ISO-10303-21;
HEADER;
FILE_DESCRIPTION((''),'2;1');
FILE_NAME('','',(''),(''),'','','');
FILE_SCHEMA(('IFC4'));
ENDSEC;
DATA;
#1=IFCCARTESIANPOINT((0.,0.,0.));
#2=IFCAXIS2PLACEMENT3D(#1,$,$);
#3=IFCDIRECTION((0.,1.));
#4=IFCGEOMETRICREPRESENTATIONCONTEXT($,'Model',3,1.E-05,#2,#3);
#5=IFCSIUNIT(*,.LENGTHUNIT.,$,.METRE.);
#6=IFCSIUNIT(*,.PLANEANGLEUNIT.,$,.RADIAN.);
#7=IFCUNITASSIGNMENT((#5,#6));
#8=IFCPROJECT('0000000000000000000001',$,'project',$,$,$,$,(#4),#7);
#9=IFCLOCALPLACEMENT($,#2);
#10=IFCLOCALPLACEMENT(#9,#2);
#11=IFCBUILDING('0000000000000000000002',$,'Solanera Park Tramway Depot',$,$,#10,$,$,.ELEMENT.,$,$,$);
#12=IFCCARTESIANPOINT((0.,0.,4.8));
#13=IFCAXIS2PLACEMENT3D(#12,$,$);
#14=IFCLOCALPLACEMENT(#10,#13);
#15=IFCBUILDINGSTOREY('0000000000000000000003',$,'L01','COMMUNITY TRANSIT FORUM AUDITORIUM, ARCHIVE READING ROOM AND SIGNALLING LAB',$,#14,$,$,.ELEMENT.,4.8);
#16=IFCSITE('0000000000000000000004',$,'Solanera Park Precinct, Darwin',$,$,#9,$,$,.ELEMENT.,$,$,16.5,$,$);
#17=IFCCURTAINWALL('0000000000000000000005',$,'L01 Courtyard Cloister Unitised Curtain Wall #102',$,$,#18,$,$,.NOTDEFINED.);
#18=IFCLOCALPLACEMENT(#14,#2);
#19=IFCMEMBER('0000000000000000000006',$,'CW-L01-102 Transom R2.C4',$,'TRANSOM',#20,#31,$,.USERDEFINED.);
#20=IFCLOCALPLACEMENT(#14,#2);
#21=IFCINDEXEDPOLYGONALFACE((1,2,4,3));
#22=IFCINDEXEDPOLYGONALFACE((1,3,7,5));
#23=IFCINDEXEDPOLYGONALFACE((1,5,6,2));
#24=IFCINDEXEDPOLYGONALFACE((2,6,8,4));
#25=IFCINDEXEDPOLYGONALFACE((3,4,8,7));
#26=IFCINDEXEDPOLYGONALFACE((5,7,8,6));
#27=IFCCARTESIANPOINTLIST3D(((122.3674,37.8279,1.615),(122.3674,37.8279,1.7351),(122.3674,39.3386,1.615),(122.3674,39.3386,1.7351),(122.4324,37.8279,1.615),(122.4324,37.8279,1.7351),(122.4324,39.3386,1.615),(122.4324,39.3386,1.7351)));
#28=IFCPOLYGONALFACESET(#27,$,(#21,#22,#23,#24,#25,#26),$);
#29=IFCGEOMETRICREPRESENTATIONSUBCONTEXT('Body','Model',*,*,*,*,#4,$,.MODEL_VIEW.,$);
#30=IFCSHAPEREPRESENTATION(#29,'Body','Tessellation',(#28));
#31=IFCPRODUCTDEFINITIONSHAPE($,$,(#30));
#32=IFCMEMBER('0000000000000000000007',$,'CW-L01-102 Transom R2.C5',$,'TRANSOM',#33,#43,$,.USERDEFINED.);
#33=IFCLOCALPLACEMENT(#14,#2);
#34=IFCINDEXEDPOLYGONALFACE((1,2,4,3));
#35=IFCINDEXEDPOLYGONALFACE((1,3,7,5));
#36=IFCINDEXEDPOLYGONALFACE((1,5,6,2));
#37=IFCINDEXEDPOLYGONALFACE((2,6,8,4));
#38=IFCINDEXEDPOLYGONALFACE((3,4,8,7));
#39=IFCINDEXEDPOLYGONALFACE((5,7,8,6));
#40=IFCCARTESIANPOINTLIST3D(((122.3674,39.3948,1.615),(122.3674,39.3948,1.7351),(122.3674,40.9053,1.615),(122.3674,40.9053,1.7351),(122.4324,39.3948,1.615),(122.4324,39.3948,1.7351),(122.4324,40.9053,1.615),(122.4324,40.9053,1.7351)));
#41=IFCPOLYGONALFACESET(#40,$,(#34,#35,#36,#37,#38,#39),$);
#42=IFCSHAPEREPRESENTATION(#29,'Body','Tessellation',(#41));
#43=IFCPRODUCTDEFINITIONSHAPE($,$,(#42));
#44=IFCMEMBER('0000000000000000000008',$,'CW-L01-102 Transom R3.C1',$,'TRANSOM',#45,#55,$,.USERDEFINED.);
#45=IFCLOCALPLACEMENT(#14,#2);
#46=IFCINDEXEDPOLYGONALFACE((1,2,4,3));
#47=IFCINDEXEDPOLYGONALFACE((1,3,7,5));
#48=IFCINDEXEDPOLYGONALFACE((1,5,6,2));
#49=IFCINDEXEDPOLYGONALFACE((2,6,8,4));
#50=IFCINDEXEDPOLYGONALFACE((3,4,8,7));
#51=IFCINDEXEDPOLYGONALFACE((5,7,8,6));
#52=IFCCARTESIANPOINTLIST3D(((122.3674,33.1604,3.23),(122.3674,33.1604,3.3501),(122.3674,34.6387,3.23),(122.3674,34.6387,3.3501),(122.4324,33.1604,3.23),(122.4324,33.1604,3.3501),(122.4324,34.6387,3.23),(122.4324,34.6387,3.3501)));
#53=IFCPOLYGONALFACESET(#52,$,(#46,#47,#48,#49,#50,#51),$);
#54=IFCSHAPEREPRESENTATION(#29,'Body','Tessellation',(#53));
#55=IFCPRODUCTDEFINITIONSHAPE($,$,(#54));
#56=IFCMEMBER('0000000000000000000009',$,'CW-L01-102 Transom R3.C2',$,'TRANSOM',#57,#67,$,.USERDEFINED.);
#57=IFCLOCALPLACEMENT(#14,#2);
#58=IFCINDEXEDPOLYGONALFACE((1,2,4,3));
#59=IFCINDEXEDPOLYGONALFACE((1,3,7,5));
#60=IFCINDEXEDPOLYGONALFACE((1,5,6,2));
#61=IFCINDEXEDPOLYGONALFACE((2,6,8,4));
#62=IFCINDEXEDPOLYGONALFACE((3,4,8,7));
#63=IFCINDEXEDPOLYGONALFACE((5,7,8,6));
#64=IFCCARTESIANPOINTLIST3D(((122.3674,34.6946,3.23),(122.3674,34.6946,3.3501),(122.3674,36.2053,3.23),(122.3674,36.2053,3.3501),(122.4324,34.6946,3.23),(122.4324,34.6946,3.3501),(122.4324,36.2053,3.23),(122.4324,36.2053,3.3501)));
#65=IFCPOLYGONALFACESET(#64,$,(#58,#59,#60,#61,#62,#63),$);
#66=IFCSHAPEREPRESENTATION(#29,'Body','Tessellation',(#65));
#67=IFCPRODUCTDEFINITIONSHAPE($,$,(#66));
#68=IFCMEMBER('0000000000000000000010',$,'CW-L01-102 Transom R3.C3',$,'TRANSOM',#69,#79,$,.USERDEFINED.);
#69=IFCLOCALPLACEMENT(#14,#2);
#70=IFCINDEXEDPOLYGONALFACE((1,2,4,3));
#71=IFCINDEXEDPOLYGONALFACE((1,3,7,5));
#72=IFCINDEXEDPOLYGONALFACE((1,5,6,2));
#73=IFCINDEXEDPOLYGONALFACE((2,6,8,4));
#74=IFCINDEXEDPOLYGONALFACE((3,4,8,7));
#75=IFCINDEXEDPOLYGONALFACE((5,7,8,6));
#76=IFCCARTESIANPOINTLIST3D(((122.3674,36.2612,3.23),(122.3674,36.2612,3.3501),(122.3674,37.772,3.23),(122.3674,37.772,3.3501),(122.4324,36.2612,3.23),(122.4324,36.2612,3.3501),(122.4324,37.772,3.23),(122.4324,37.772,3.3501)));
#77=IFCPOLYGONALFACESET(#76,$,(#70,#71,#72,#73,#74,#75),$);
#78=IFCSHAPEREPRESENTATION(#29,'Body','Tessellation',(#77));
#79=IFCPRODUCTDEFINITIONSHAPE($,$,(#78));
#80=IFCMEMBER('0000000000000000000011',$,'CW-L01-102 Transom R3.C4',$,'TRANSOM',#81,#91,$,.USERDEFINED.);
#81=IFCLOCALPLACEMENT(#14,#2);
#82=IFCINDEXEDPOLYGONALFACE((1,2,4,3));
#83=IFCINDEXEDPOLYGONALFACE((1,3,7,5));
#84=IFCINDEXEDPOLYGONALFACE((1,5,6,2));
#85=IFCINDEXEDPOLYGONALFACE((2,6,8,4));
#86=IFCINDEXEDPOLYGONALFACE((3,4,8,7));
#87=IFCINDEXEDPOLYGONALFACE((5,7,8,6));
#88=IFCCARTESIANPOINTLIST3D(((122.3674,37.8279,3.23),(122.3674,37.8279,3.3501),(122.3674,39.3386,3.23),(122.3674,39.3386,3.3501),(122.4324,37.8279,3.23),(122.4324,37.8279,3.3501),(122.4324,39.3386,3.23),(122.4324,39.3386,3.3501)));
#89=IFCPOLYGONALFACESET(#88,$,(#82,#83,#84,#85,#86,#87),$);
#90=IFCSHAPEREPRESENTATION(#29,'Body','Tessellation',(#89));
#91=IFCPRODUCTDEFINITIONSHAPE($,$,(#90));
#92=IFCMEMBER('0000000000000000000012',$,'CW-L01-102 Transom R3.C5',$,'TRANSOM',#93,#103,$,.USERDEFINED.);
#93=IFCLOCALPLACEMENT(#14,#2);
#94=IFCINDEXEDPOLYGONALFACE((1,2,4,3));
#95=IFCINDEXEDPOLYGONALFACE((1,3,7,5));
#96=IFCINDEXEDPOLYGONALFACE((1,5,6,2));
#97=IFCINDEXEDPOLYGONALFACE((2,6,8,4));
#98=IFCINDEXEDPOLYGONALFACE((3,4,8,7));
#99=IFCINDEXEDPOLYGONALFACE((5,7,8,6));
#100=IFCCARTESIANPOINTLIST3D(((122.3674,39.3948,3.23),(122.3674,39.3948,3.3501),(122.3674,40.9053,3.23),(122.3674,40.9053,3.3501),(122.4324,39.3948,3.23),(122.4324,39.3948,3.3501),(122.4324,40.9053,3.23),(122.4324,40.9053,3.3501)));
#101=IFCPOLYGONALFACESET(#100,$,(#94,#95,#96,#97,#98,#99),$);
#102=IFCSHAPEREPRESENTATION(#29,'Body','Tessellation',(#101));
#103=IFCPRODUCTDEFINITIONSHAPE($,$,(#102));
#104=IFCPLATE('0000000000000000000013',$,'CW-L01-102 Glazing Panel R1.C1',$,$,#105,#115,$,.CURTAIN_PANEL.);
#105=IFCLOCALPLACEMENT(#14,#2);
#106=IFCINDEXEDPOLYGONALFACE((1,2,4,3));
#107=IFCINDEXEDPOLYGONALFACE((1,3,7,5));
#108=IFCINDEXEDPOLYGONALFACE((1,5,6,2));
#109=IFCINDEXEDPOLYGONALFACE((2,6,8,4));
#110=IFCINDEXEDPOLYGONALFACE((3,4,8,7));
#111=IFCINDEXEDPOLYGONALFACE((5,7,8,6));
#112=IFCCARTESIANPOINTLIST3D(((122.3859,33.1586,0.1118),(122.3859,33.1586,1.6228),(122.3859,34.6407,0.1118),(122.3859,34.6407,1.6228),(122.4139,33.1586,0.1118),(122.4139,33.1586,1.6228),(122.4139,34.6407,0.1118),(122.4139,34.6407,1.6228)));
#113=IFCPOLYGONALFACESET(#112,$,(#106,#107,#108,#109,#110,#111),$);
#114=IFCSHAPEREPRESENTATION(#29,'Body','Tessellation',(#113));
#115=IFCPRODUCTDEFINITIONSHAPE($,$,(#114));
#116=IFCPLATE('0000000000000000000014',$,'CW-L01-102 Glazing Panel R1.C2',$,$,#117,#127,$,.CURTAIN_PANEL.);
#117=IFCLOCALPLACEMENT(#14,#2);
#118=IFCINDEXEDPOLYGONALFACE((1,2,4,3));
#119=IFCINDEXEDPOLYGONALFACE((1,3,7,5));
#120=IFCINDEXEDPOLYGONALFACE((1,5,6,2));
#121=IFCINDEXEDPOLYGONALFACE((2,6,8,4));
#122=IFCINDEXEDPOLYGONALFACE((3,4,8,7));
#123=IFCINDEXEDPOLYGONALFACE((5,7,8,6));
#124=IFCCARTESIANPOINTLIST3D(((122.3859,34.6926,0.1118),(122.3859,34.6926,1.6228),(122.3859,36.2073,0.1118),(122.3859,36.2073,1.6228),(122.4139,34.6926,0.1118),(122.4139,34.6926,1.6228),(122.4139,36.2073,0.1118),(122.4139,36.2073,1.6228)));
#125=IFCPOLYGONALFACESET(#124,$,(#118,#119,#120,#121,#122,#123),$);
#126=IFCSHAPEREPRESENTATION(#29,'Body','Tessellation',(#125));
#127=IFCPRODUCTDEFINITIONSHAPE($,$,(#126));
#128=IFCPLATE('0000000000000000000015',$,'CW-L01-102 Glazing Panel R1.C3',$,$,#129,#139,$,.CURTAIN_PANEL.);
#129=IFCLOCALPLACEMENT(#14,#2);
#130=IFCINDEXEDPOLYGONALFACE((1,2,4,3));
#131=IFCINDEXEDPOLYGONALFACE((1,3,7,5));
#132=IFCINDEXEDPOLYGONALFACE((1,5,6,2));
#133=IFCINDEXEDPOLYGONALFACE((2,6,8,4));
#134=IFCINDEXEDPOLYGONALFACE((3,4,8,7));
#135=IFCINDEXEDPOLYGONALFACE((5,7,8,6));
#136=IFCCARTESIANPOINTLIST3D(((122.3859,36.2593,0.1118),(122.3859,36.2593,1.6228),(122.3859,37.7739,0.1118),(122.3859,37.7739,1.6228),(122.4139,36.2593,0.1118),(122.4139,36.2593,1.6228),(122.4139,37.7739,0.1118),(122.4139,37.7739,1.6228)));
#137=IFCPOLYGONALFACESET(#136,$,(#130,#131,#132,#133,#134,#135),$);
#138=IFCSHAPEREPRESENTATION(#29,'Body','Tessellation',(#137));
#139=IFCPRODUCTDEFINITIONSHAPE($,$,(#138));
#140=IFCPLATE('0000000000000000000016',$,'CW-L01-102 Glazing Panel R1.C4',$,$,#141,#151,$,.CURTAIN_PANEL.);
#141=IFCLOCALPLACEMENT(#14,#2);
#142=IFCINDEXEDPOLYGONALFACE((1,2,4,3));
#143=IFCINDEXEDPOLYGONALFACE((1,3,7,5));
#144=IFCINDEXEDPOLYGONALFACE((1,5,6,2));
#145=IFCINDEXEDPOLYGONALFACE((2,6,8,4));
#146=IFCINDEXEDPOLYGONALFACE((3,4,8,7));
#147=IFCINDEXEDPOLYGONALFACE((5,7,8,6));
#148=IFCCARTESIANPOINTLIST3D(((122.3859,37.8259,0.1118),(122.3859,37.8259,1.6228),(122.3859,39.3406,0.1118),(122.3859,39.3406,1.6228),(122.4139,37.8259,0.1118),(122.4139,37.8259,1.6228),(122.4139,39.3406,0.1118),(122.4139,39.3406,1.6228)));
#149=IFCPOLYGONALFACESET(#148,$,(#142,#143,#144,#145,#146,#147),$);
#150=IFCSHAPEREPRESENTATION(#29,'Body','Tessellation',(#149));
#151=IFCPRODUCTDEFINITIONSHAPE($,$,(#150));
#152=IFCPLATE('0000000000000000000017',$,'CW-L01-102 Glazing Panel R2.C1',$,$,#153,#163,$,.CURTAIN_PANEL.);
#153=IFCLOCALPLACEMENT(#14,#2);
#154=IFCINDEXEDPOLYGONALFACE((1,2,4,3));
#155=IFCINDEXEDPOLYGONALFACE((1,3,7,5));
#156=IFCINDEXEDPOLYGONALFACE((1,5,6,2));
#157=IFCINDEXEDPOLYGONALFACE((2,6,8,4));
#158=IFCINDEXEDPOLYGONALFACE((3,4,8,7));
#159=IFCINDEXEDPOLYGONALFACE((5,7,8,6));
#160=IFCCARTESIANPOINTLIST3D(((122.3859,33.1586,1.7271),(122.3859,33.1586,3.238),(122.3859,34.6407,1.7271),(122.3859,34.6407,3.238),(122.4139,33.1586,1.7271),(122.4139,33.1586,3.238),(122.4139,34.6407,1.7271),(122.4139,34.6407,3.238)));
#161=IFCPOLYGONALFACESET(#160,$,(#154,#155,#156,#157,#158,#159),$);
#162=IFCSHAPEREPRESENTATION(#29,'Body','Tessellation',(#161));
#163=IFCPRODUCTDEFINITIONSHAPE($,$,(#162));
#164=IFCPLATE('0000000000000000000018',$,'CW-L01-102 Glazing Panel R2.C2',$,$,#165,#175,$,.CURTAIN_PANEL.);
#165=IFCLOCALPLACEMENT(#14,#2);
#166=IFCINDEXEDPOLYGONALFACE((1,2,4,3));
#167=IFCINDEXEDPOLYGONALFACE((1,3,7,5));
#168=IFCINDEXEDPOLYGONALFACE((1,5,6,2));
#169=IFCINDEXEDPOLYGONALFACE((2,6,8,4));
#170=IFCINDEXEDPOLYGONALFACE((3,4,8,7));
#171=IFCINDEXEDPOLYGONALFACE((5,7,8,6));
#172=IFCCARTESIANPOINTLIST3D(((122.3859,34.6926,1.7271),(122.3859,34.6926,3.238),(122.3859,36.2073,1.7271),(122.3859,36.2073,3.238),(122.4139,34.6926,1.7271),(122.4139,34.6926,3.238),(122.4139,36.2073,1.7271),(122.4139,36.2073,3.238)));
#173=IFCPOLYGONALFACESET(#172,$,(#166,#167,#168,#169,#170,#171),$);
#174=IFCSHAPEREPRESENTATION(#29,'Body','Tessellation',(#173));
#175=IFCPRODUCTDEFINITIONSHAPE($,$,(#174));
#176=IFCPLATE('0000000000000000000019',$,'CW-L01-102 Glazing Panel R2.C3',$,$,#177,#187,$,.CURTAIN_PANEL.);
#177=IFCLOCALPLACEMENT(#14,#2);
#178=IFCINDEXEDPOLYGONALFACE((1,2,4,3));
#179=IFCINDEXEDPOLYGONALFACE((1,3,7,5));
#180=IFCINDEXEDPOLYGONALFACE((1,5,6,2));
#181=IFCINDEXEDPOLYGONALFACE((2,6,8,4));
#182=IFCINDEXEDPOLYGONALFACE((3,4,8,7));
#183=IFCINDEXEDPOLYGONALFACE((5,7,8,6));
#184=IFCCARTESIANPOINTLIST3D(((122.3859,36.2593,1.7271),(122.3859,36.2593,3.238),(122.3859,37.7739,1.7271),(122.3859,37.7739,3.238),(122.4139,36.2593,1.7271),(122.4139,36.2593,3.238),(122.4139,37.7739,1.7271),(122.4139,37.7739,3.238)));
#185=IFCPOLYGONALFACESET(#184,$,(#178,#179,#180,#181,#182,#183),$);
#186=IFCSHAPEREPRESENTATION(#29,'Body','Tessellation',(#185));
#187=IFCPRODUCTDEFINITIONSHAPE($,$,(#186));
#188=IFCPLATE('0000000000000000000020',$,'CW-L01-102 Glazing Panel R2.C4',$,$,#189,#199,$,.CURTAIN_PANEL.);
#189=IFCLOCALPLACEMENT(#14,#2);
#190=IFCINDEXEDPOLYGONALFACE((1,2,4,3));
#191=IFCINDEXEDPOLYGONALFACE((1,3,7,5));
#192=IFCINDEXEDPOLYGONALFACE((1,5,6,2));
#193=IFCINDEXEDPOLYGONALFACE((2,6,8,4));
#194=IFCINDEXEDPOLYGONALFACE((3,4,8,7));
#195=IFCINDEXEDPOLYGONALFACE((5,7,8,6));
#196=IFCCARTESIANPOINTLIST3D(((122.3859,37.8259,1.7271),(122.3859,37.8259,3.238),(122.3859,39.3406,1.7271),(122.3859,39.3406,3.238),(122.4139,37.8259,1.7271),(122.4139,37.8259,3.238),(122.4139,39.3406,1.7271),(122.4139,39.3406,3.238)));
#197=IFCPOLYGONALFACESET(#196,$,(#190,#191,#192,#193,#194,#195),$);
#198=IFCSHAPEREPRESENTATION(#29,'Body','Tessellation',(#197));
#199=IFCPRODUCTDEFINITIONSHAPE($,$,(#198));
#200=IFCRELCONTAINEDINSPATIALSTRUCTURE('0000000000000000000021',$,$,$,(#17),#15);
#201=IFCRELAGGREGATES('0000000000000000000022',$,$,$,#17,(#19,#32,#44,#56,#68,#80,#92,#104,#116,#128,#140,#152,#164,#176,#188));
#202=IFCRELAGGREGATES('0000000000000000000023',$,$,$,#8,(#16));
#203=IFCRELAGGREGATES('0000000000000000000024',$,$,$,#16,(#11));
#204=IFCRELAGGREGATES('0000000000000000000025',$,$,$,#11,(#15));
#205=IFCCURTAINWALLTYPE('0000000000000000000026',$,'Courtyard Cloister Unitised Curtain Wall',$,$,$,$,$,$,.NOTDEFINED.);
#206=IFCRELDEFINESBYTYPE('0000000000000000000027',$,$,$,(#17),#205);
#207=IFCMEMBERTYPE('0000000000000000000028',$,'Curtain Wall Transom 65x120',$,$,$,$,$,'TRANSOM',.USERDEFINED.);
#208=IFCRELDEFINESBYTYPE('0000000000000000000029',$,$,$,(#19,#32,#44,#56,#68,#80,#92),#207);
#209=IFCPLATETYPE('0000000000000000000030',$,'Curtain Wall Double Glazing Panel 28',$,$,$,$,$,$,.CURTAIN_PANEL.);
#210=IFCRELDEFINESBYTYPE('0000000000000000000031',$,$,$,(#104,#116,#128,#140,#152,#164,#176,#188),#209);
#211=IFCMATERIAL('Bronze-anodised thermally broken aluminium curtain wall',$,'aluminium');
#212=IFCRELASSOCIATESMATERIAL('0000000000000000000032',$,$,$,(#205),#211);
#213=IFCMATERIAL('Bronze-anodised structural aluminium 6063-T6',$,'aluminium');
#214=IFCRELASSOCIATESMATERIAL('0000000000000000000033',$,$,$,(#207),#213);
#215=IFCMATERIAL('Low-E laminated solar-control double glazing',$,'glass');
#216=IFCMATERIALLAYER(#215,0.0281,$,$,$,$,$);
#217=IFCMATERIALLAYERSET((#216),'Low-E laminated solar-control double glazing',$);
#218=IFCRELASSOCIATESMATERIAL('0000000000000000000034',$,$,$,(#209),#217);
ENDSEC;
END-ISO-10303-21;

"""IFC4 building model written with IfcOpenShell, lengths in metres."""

from ifc_helpers import new_model, si_unit, direction, frame, origin, origin_2d, place, context, subcontext, project, spatial, rectangle, extrude, material, layer, layer_set, material_profile, profile_set, type_object, element, aggregate, save


model = new_model("IFC4")

# Units and contexts
model_context = context("Model", 3, precision=1e-05, world=origin(), true_north=direction((0.0, 1.0)))
body_context = subcontext(model_context, "Body", "Model", "MODEL_VIEW")
ifc_project = project(units=[si_unit("LENGTHUNIT", "METRE"), si_unit("PLANEANGLEUNIT", "RADIAN")], contexts=[model_context])

# Site, building, storey
site_placement = place(None, origin())
site = spatial("IfcSite", under=ifc_project, at=site_placement, Name="Solanera Park Precinct, Darwin", CompositionType="ELEMENT", RefElevation=16.5)
building_placement = place(site_placement, origin())
building = spatial("IfcBuilding", under=site, at=building_placement, Name="Solanera Park Tramway Depot", CompositionType="ELEMENT")
storey_placement = place(building_placement, frame((0.0, 0.0, 4.8)))
storey = spatial("IfcBuildingStorey", under=building, at=storey_placement, Name="L01", Description="COMMUNITY TRANSIT FORUM AUDITORIUM, ARCHIVE READING ROOM AND SIGNALLING LAB", CompositionType="ELEMENT", Elevation=4.8)

# Curtain wall, members, plates
ifc_material_1 = material(Name="Bronze-anodised thermally broken aluminium curtain wall", Category="aluminium")
curtain_wall_type = type_object("IfcCurtainWallType", Name="Courtyard Cloister Unitised Curtain Wall", PredefinedType="NOTDEFINED", material=ifc_material_1)
curtain_wall_placement = place(storey_placement, origin())
curtain_wall = element("IfcCurtainWall", 1, at=curtain_wall_placement, inside=storey, type_object=curtain_wall_type, Name="L01 Courtyard Cloister Unitised Curtain Wall #102", PredefinedType="NOTDEFINED")
ifc_material_2 = material(Name="Bronze-anodised structural aluminium 6063-T6", Category="aluminium")
ifc_material_profile_1 = material_profile(ifc_material_2, rectangle(XDim=0.0649, YDim=0.1201, at=origin_2d()), Name="Curtain Wall Transom 65x120")
ifc_profile_set_1 = profile_set([ifc_material_profile_1], Name="Bronze-anodised structural aluminium 6063-T6")
member_type_1 = type_object("IfcMemberType", Name="Curtain Wall Transom 65x120", ElementType="TRANSOM", PredefinedType="USERDEFINED", material=ifc_profile_set_1)
member_1_placement = place(storey_placement, frame((122.3999, 37.8279, 1.675), z_axis=(0.0, 1.0, 0.0), x_axis=(-1.0, 0.0, 0.0)))
member_1 = element("IfcMember", 2, at=member_1_placement, type_object=member_type_1, Name="CW-L01-102 Transom R2.C4", ObjectType="TRANSOM", PredefinedType="USERDEFINED", context=body_context, shape_type="SweptSolid", body=[
    extrude(rectangle(XDim=0.0649, YDim=0.1201, at=origin_2d()), origin(), (0.0, 0.0, 1.0), 1.5107),
])
member_2_placement = place(storey_placement, frame((122.3999, 39.3948, 1.675), z_axis=(0.0, 1.0, 0.0), x_axis=(-1.0, 0.0, 0.0)))
member_2 = element("IfcMember", 3, at=member_2_placement, type_object=member_type_1, Name="CW-L01-102 Transom R2.C5", ObjectType="TRANSOM", PredefinedType="USERDEFINED", context=body_context, shape_type="SweptSolid", body=[
    extrude(rectangle(XDim=0.0649, YDim=0.1201, at=origin_2d()), origin(), (0.0, 0.0, 1.0), 1.5105),
])
member_3_placement = place(storey_placement, frame((122.3999, 33.1604, 3.29), z_axis=(0.0, 1.0, 0.0), x_axis=(-1.0, 0.0, 0.0)))
member_3 = element("IfcMember", 4, at=member_3_placement, type_object=member_type_1, Name="CW-L01-102 Transom R3.C1", ObjectType="TRANSOM", PredefinedType="USERDEFINED", context=body_context, shape_type="SweptSolid", body=[
    extrude(rectangle(XDim=0.0649, YDim=0.1201, at=origin_2d()), origin(), (0.0, 0.0, 1.0), 1.4783),
])
member_4_placement = place(storey_placement, frame((122.3999, 34.6946, 3.29), z_axis=(0.0, 1.0, 0.0), x_axis=(-1.0, 0.0, 0.0)))
member_4 = element("IfcMember", 5, at=member_4_placement, type_object=member_type_1, Name="CW-L01-102 Transom R3.C2", ObjectType="TRANSOM", PredefinedType="USERDEFINED", context=body_context, shape_type="SweptSolid", body=[
    extrude(rectangle(XDim=0.0649, YDim=0.1201, at=origin_2d()), origin(), (0.0, 0.0, 1.0), 1.5107),
])
member_5_placement = place(storey_placement, frame((122.3999, 36.2612, 3.29), z_axis=(0.0, 1.0, 0.0), x_axis=(-1.0, 0.0, 0.0)))
member_5 = element("IfcMember", 6, at=member_5_placement, type_object=member_type_1, Name="CW-L01-102 Transom R3.C3", ObjectType="TRANSOM", PredefinedType="USERDEFINED", context=body_context, shape_type="SweptSolid", body=[
    extrude(rectangle(XDim=0.0649, YDim=0.1201, at=origin_2d()), origin(), (0.0, 0.0, 1.0), 1.5107),
])
member_6_placement = place(storey_placement, frame((122.3999, 37.8279, 3.29), z_axis=(0.0, 1.0, 0.0), x_axis=(-1.0, 0.0, 0.0)))
member_6 = element("IfcMember", 7, at=member_6_placement, type_object=member_type_1, Name="CW-L01-102 Transom R3.C4", ObjectType="TRANSOM", PredefinedType="USERDEFINED", context=body_context, shape_type="SweptSolid", body=[
    extrude(rectangle(XDim=0.0649, YDim=0.1201, at=origin_2d()), origin(), (0.0, 0.0, 1.0), 1.5107),
])
member_7_placement = place(storey_placement, frame((122.3999, 39.3948, 3.29), z_axis=(0.0, 1.0, 0.0), x_axis=(-1.0, 0.0, 0.0)))
member_7 = element("IfcMember", 8, at=member_7_placement, type_object=member_type_1, Name="CW-L01-102 Transom R3.C5", ObjectType="TRANSOM", PredefinedType="USERDEFINED", context=body_context, shape_type="SweptSolid", body=[
    extrude(rectangle(XDim=0.0649, YDim=0.1201, at=origin_2d()), origin(), (0.0, 0.0, 1.0), 1.5105),
])
ifc_material_3 = material(Name="Low-E laminated solar-control double glazing", Category="glass")
ifc_layer_1 = layer(ifc_material_3, 0.0281)
ifc_layer_set_1 = layer_set([ifc_layer_1], Name="Low-E laminated solar-control double glazing")
plate_type = type_object("IfcPlateType", Name="Curtain Wall Double Glazing Panel 28", PredefinedType="CURTAIN_PANEL", material=ifc_layer_set_1)
plate_1_placement = place(storey_placement, frame((122.3999, 33.8997, 0.1118), z_axis=(0.0, 0.0, 1.0), x_axis=(0.0, 1.0, 0.0)))
plate_1 = element("IfcPlate", 9, at=plate_1_placement, type_object=plate_type, Name="CW-L01-102 Glazing Panel R1.C1", PredefinedType="CURTAIN_PANEL", context=body_context, shape_type="SweptSolid", body=[
    extrude(rectangle(XDim=1.4822, YDim=0.0281, at=origin_2d()), origin(), (0.0, 0.0, 1.0), 1.511),
])
plate_2_placement = place(storey_placement, frame((122.3999, 35.45, 0.1118), z_axis=(0.0, 0.0, 1.0), x_axis=(0.0, 1.0, 0.0)))
plate_2 = element("IfcPlate", 10, at=plate_2_placement, type_object=plate_type, Name="CW-L01-102 Glazing Panel R1.C2", PredefinedType="CURTAIN_PANEL", context=body_context, shape_type="SweptSolid", body=[
    extrude(rectangle(XDim=1.5146, YDim=0.0281, at=origin_2d()), origin(), (0.0, 0.0, 1.0), 1.511),
])
plate_3_placement = place(storey_placement, frame((122.3999, 37.0166, 0.1118), z_axis=(0.0, 0.0, 1.0), x_axis=(0.0, 1.0, 0.0)))
plate_3 = element("IfcPlate", 11, at=plate_3_placement, type_object=plate_type, Name="CW-L01-102 Glazing Panel R1.C3", PredefinedType="CURTAIN_PANEL", context=body_context, shape_type="SweptSolid", body=[
    extrude(rectangle(XDim=1.5146, YDim=0.0281, at=origin_2d()), origin(), (0.0, 0.0, 1.0), 1.511),
])
plate_4_placement = place(storey_placement, frame((122.3999, 38.5833, 0.1118), z_axis=(0.0, 0.0, 1.0), x_axis=(0.0, 1.0, 0.0)))
plate_4 = element("IfcPlate", 12, at=plate_4_placement, type_object=plate_type, Name="CW-L01-102 Glazing Panel R1.C4", PredefinedType="CURTAIN_PANEL", context=body_context, shape_type="SweptSolid", body=[
    extrude(rectangle(XDim=1.5146, YDim=0.0281, at=origin_2d()), origin(), (0.0, 0.0, 1.0), 1.511),
])
plate_5_placement = place(storey_placement, frame((122.3999, 33.8997, 1.7271), z_axis=(0.0, 0.0, 1.0), x_axis=(0.0, 1.0, 0.0)))
plate_5 = element("IfcPlate", 13, at=plate_5_placement, type_object=plate_type, Name="CW-L01-102 Glazing Panel R2.C1", PredefinedType="CURTAIN_PANEL", context=body_context, shape_type="SweptSolid", body=[
    extrude(rectangle(XDim=1.4822, YDim=0.0281, at=origin_2d()), origin(), (0.0, 0.0, 1.0), 1.511),
])
plate_6_placement = place(storey_placement, frame((122.3999, 35.45, 1.7271), z_axis=(0.0, 0.0, 1.0), x_axis=(0.0, 1.0, 0.0)))
plate_6 = element("IfcPlate", 14, at=plate_6_placement, type_object=plate_type, Name="CW-L01-102 Glazing Panel R2.C2", PredefinedType="CURTAIN_PANEL", context=body_context, shape_type="SweptSolid", body=[
    extrude(rectangle(XDim=1.5146, YDim=0.0281, at=origin_2d()), origin(), (0.0, 0.0, 1.0), 1.511),
])
plate_7_placement = place(storey_placement, frame((122.3999, 37.0166, 1.7271), z_axis=(0.0, 0.0, 1.0), x_axis=(0.0, 1.0, 0.0)))
plate_7 = element("IfcPlate", 15, at=plate_7_placement, type_object=plate_type, Name="CW-L01-102 Glazing Panel R2.C3", PredefinedType="CURTAIN_PANEL", context=body_context, shape_type="SweptSolid", body=[
    extrude(rectangle(XDim=1.5146, YDim=0.0281, at=origin_2d()), origin(), (0.0, 0.0, 1.0), 1.511),
])
plate_8_placement = place(storey_placement, frame((122.3999, 38.5833, 1.7271), z_axis=(0.0, 0.0, 1.0), x_axis=(0.0, 1.0, 0.0)))
plate_8 = element("IfcPlate", 16, at=plate_8_placement, type_object=plate_type, Name="CW-L01-102 Glazing Panel R2.C4", PredefinedType="CURTAIN_PANEL", context=body_context, shape_type="SweptSolid", body=[
    extrude(rectangle(XDim=1.5146, YDim=0.0281, at=origin_2d()), origin(), (0.0, 0.0, 1.0), 1.511),
])
aggregate(curtain_wall, [member_1, member_2, member_3, member_4, member_5, member_6, member_7, plate_1, plate_2, plate_3, plate_4, plate_5, plate_6, plate_7, plate_8])

save(model, "model.ifc")
